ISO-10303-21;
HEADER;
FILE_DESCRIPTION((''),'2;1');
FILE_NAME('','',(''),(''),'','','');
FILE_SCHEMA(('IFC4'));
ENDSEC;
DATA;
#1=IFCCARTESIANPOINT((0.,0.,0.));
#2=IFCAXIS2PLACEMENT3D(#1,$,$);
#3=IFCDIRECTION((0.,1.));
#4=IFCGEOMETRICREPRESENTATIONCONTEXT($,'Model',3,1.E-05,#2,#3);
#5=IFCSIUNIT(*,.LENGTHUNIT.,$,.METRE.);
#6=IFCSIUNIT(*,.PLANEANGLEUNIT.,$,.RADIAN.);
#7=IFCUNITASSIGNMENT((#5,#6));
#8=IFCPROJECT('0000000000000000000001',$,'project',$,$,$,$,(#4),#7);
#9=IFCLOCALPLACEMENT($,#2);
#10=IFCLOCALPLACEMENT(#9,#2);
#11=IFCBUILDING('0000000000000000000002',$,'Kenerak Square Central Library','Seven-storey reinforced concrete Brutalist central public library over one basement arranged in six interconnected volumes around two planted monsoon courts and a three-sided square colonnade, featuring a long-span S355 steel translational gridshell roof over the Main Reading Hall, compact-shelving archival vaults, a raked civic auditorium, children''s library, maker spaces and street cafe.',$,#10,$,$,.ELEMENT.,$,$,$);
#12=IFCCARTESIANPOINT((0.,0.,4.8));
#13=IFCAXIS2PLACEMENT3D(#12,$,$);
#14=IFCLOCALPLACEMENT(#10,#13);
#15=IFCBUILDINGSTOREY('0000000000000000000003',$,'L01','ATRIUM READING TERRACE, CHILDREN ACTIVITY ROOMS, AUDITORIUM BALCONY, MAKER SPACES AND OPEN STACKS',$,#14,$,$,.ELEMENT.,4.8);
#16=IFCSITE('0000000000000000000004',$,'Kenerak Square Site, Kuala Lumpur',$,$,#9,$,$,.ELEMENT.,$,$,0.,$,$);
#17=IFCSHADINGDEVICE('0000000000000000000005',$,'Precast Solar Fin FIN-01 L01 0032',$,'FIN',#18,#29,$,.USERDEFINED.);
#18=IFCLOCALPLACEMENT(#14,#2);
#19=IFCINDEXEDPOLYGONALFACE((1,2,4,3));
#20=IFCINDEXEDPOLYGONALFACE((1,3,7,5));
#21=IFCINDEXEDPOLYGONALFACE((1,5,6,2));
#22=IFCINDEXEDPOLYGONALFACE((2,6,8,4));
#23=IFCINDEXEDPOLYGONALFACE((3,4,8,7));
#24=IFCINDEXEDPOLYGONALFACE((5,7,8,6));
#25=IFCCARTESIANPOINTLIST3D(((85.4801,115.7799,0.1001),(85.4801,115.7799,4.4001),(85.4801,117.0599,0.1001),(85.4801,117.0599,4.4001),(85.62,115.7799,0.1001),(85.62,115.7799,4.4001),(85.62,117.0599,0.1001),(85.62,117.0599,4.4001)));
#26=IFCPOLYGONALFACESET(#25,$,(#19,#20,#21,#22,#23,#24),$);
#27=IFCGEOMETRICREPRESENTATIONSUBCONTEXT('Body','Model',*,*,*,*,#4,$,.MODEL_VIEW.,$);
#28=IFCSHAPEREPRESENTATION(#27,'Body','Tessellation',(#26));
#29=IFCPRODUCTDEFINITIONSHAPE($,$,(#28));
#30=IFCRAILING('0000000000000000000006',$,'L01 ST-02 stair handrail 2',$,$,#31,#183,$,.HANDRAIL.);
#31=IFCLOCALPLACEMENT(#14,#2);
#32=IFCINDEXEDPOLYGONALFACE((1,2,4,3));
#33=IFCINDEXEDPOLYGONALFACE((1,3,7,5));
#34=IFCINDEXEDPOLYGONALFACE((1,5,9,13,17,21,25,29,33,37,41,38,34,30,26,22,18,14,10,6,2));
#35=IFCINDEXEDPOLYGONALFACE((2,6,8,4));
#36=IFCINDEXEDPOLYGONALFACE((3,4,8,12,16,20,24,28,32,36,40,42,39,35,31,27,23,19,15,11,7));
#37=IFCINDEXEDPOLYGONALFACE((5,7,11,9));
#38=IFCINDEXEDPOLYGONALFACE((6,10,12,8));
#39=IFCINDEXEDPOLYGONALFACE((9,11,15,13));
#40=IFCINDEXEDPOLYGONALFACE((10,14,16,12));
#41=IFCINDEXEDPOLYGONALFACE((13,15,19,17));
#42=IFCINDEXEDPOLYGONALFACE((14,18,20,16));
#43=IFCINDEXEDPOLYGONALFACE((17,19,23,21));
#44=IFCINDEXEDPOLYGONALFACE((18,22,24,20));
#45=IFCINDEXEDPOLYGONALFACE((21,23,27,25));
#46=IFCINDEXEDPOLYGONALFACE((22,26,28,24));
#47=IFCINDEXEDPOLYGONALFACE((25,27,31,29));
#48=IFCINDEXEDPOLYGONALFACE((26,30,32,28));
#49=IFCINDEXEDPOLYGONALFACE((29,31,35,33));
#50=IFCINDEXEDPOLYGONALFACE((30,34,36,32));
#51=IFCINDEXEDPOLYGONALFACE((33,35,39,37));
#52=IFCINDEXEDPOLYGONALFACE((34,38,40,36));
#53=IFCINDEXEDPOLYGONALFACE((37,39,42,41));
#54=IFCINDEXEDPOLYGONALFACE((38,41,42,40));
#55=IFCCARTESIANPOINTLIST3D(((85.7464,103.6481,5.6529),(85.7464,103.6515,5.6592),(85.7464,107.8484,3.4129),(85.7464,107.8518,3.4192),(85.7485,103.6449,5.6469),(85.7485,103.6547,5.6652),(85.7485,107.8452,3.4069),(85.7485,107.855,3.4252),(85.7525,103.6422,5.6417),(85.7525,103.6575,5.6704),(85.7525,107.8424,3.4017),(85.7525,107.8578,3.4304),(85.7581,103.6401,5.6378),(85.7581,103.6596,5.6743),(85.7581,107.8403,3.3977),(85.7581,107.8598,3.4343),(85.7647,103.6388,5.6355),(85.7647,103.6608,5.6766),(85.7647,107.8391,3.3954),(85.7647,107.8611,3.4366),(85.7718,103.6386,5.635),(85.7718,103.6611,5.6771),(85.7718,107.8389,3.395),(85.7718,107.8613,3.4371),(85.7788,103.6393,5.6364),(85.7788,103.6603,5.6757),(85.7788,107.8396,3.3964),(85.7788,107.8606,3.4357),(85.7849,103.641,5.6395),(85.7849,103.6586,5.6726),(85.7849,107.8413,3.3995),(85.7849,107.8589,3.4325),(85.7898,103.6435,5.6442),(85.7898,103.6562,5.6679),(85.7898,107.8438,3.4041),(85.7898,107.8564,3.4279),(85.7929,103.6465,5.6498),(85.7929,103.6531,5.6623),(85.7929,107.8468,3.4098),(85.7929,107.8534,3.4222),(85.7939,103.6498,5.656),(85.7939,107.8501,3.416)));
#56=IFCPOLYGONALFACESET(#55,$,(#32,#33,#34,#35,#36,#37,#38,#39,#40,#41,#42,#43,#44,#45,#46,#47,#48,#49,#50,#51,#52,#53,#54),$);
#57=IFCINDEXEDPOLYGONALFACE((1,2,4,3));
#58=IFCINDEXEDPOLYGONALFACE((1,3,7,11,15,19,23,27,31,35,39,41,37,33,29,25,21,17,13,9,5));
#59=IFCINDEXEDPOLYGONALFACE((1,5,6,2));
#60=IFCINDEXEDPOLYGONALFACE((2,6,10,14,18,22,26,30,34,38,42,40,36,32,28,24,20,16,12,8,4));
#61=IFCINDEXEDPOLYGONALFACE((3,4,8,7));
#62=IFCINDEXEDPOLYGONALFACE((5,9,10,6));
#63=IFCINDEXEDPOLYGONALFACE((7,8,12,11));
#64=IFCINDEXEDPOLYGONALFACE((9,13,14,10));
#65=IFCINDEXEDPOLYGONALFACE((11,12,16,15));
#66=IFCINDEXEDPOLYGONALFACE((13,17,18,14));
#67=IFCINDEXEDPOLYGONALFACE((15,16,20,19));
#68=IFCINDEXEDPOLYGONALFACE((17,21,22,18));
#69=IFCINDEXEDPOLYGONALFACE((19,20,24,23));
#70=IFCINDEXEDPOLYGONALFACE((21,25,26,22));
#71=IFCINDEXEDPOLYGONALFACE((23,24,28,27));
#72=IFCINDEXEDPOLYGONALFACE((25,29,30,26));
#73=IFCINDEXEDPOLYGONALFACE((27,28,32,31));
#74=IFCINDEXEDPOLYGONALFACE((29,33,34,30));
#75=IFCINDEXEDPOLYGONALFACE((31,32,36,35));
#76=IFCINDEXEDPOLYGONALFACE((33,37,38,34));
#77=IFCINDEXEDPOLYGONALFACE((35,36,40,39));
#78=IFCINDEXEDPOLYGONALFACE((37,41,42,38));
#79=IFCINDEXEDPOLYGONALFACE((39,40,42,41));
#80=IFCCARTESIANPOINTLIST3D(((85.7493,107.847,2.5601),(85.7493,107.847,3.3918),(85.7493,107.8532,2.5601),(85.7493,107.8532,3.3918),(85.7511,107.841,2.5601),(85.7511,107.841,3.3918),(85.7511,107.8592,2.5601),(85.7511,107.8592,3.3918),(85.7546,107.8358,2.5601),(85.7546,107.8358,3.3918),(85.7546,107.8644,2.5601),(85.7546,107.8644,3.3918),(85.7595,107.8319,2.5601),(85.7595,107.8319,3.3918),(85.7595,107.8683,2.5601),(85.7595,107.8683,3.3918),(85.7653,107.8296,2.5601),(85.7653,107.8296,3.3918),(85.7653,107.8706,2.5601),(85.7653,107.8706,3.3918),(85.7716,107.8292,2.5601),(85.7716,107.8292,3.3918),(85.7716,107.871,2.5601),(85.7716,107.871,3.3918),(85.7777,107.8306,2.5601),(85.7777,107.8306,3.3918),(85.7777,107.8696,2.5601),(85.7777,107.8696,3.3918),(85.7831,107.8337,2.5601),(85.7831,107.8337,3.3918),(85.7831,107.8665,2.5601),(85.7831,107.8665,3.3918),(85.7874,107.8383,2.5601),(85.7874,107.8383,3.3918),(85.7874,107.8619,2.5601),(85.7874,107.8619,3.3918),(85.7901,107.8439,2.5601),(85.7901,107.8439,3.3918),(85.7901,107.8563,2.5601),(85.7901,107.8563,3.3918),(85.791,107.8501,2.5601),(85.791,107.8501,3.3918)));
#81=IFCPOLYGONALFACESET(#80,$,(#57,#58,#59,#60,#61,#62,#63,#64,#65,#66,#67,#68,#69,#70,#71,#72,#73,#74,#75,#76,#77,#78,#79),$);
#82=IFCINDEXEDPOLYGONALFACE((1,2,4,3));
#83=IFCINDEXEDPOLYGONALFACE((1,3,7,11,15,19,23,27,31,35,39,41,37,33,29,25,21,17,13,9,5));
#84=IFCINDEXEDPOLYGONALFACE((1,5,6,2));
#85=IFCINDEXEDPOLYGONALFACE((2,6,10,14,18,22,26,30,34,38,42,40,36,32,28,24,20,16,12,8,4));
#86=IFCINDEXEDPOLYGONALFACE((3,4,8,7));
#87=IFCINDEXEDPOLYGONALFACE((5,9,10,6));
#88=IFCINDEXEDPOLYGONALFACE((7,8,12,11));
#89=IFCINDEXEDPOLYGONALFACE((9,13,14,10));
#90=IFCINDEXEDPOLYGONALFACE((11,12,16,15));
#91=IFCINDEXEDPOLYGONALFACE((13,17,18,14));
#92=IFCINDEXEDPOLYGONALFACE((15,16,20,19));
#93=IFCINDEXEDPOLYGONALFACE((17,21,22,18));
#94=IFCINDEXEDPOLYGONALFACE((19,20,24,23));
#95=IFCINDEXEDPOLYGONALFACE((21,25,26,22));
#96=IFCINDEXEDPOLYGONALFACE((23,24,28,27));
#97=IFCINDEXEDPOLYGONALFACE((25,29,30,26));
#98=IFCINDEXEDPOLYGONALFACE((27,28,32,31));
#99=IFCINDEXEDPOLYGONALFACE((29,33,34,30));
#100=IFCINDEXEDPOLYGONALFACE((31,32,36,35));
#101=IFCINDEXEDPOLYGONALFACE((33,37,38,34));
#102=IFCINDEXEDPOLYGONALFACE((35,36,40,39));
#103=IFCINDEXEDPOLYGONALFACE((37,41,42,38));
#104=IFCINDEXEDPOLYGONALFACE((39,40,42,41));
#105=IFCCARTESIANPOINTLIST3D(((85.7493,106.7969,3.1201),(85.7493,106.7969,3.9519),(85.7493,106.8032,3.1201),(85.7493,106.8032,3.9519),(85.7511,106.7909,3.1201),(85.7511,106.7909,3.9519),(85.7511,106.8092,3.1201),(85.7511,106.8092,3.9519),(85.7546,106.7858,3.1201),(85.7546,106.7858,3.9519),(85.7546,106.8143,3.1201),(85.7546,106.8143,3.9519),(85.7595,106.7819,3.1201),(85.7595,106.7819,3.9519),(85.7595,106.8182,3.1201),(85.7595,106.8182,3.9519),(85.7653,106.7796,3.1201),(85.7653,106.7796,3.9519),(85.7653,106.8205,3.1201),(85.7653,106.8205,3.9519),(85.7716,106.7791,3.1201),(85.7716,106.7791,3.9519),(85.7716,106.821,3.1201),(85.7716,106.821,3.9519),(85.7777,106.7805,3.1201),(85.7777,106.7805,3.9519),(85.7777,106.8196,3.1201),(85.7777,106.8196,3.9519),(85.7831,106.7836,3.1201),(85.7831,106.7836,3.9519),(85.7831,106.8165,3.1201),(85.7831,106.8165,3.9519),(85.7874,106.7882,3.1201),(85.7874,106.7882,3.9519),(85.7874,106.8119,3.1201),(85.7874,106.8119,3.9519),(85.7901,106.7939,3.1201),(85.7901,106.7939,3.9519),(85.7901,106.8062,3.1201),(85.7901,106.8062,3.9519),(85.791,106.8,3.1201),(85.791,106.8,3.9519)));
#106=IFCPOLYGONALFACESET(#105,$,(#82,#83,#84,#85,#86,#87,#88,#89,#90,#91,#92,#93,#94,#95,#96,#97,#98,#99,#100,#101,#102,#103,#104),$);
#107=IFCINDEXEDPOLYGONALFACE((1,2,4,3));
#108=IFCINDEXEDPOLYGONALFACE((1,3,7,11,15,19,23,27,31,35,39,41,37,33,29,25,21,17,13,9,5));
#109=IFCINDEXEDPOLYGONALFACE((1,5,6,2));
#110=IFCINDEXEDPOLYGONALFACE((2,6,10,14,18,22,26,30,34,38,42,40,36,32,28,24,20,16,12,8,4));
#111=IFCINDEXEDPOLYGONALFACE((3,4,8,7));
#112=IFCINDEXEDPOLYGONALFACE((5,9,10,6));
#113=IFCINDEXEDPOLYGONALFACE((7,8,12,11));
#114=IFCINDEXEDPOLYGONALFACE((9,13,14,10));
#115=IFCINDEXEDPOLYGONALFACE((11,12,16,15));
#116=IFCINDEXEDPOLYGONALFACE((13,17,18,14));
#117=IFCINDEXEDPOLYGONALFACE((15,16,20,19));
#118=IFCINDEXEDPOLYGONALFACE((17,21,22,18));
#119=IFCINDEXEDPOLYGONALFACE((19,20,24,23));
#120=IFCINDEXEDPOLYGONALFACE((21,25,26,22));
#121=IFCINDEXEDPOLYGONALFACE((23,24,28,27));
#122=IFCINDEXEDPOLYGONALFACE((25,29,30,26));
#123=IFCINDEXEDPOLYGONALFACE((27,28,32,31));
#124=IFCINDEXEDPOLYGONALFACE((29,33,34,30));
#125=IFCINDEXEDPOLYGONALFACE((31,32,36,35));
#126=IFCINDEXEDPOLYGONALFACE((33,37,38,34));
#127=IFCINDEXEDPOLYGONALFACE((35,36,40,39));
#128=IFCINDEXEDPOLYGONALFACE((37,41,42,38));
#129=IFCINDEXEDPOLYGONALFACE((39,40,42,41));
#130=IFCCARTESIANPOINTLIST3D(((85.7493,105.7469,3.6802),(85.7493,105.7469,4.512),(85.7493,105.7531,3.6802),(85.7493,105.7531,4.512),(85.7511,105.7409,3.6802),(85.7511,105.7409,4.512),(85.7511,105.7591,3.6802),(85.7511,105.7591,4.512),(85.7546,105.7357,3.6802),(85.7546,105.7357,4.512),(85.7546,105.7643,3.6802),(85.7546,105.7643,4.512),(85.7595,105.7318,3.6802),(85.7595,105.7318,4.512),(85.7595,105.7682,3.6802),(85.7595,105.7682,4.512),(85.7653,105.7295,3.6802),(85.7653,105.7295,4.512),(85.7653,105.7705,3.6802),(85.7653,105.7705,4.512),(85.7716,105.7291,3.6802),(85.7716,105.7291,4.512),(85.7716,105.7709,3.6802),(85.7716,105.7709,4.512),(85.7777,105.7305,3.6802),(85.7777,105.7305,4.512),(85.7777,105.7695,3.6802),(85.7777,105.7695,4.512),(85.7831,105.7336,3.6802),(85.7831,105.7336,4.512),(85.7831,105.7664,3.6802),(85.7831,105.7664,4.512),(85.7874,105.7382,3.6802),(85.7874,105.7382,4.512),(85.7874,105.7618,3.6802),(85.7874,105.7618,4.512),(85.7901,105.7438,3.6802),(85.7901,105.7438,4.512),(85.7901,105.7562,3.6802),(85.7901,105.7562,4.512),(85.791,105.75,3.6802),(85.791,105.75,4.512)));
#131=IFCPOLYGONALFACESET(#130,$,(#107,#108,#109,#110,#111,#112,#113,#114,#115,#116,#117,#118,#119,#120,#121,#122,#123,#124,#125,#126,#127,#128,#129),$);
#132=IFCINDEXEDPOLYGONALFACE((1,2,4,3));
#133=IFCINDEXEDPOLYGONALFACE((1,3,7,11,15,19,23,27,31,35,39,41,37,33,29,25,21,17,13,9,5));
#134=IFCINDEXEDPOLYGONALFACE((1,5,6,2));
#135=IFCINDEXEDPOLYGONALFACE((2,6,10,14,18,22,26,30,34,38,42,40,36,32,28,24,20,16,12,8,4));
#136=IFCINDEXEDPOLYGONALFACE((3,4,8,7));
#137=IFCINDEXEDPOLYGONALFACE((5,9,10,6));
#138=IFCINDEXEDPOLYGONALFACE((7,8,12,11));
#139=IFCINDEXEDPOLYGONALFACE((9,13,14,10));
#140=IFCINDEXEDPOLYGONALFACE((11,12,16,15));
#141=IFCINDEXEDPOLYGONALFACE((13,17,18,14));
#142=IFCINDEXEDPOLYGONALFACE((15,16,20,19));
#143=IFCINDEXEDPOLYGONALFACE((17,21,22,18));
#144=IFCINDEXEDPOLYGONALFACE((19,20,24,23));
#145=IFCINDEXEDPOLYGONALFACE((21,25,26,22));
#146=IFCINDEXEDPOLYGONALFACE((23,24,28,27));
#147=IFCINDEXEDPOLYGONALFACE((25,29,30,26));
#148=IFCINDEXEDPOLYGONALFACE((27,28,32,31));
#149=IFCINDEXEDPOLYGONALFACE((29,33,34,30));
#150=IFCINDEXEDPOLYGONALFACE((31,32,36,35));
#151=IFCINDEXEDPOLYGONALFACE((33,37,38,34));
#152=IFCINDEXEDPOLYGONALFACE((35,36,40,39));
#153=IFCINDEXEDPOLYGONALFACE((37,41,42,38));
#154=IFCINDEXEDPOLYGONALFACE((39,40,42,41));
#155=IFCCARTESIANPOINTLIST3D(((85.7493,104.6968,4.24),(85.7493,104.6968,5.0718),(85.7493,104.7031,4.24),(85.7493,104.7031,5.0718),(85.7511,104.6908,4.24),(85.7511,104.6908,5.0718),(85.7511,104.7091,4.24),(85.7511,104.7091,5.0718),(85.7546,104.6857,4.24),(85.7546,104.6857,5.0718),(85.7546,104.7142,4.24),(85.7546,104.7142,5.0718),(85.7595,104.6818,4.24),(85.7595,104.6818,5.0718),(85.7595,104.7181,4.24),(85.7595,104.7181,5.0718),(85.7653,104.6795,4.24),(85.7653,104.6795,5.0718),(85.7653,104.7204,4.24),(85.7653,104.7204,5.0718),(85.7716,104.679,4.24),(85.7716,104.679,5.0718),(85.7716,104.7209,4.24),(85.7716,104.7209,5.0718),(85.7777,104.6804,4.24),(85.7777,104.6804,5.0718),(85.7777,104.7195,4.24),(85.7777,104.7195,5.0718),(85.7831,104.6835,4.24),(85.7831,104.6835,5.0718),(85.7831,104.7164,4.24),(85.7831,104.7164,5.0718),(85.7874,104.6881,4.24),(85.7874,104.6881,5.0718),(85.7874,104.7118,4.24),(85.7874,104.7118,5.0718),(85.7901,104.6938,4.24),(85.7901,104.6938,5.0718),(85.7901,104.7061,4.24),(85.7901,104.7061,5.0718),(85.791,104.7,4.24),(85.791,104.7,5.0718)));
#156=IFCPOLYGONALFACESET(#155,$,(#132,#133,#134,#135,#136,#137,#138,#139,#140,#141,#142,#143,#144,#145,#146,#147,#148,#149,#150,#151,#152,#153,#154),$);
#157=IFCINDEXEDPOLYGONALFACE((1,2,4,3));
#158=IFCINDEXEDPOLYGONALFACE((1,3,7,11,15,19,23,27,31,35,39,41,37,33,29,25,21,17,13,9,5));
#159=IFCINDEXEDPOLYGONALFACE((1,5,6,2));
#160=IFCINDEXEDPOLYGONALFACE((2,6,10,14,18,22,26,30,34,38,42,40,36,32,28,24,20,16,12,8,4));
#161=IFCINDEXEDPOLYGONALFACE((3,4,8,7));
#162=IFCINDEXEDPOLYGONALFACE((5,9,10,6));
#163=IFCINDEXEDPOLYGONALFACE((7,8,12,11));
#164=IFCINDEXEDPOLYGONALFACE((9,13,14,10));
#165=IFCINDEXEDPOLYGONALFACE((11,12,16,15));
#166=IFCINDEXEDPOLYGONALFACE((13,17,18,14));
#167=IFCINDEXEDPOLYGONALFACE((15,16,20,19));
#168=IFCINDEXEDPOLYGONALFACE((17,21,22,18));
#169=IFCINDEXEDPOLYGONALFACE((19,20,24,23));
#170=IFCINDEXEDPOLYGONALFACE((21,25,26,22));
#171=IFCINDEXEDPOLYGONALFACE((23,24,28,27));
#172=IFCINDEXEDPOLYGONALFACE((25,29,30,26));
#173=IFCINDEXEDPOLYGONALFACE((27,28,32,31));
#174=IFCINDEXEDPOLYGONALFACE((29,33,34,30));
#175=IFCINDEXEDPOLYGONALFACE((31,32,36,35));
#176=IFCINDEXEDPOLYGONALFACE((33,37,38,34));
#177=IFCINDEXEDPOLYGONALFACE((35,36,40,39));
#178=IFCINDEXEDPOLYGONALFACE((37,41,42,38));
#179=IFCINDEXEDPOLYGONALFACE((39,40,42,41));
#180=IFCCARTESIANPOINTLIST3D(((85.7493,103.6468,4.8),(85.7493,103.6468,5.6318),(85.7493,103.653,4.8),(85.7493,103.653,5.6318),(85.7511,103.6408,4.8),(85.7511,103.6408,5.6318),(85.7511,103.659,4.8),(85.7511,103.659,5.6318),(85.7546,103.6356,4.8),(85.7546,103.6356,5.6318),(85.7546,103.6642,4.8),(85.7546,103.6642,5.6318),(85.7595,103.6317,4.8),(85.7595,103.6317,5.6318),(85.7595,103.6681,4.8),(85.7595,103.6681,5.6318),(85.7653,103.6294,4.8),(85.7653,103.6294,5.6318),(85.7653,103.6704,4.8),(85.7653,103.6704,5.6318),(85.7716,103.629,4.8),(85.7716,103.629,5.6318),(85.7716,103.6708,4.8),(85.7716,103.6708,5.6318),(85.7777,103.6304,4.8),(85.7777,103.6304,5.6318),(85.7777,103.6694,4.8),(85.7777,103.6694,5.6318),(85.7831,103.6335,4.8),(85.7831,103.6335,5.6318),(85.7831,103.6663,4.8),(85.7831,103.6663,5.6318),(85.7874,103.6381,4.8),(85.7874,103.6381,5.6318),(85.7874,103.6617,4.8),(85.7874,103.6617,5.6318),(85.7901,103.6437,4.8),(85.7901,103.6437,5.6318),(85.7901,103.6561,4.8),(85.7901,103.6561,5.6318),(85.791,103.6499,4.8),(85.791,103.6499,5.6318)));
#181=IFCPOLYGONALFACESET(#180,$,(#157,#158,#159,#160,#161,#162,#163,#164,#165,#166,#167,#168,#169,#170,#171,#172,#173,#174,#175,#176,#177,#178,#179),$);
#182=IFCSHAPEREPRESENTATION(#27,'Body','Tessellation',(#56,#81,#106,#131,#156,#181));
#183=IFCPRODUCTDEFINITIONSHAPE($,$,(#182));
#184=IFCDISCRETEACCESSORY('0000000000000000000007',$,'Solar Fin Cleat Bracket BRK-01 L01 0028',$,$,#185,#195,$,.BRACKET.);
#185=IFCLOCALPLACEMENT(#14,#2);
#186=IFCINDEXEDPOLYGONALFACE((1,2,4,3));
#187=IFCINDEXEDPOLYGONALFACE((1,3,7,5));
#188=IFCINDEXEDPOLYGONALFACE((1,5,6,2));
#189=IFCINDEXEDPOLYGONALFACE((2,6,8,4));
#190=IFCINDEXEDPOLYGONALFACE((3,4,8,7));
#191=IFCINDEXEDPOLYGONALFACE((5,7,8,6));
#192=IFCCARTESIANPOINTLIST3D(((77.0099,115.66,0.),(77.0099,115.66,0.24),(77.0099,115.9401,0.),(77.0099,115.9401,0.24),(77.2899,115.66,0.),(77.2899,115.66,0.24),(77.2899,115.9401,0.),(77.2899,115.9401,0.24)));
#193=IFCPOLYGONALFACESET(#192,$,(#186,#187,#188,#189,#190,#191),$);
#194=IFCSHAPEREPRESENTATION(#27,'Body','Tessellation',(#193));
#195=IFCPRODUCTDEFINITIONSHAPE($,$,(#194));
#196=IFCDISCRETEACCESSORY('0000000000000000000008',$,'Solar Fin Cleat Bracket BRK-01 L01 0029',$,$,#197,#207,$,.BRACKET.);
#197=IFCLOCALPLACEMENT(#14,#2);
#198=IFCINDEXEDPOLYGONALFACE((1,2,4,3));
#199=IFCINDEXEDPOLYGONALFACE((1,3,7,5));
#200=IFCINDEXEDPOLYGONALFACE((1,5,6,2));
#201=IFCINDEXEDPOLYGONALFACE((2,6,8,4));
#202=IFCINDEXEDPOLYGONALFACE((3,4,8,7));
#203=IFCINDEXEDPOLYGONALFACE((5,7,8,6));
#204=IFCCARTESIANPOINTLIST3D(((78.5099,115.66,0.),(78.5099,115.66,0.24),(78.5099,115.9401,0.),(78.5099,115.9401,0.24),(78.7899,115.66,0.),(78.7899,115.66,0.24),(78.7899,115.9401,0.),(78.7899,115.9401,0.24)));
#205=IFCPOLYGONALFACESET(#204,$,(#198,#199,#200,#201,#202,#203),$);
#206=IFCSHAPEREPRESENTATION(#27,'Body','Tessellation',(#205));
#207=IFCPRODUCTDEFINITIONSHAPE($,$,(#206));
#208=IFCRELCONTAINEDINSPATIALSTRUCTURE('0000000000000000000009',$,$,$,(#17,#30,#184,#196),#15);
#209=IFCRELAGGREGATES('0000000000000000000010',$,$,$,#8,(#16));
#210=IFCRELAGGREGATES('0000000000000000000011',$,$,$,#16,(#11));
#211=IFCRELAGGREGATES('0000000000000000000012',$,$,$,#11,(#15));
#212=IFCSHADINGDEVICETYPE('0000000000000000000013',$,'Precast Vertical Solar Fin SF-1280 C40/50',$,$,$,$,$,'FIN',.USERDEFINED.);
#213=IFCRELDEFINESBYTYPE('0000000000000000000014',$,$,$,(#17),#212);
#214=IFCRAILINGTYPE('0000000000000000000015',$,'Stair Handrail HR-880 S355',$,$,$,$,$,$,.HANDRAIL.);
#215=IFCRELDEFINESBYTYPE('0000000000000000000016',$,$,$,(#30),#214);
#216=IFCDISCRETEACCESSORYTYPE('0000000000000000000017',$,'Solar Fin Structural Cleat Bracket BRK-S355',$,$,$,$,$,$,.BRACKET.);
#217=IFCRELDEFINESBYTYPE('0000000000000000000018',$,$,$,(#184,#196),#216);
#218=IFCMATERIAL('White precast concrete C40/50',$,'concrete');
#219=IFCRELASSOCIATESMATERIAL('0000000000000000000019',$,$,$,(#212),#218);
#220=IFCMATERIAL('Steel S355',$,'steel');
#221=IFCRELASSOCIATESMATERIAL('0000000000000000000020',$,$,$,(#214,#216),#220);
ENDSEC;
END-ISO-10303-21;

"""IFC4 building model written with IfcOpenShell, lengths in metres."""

from ifc_helpers import new_model, si_unit, direction, frame, origin, origin_2d, place, context, subcontext, project, spatial, rectangle, circle, extrude, material, type_object, element, save


model = new_model("IFC4")

# Units and contexts
model_context = context("Model", 3, precision=1e-05, world=origin(), true_north=direction((0.0, 1.0)))
body_context = subcontext(model_context, "Body", "Model", "MODEL_VIEW")
ifc_project = project(units=[si_unit("LENGTHUNIT", "METRE"), si_unit("PLANEANGLEUNIT", "RADIAN")], contexts=[model_context])

# Site, building, storey
site_placement = place(None, origin())
site = spatial("IfcSite", under=ifc_project, at=site_placement, Name="Kenerak Square Site, Kuala Lumpur", CompositionType="ELEMENT", RefElevation=0.0)
building_placement = place(site_placement, origin())
building = spatial("IfcBuilding", under=site, at=building_placement, Name="Kenerak Square Central Library", Description="Seven-storey reinforced concrete Brutalist central public library over one basement arranged in six interconnected volumes around two planted monsoon courts and a three-sided square colonnade, featuring a long-span S355 steel translational gridshell roof over the Main Reading Hall, compact-shelving archival vaults, a raked civic auditorium, children's library, maker spaces and street cafe.", CompositionType="ELEMENT")
storey_placement = place(building_placement, frame((0.0, 0.0, 4.8)))
storey = spatial("IfcBuildingStorey", under=building, at=storey_placement, Name="L01", Description="ATRIUM READING TERRACE, CHILDREN ACTIVITY ROOMS, AUDITORIUM BALCONY, MAKER SPACES AND OPEN STACKS", CompositionType="ELEMENT", Elevation=4.8)

# Shading device
ifc_material_1 = material(Name="White precast concrete C40/50", Category="concrete")
shading_device_type = type_object("IfcShadingDeviceType", Name="Precast Vertical Solar Fin SF-1280 C40/50", ElementType="FIN", PredefinedType="USERDEFINED", material=ifc_material_1)
for number, where, z_axis, x_axis, name in (
    (1, (85.55, 116.4199, 0.1001), (0.0, 0.0, 1.0), (1.0, 0.0, 0.0), "Precast Solar Fin FIN-01 L01 0032"),
):
    element("IfcShadingDevice", number, at=place(storey_placement, frame(where, z_axis=z_axis, x_axis=x_axis)), inside=storey, type_object=shading_device_type, Name=name, ObjectType="FIN", PredefinedType="USERDEFINED", context=body_context, shape_type="SweptSolid", body=[
        extrude(rectangle(XDim=0.1399, YDim=1.28, at=origin_2d()), origin(), (0.0, 0.0, 1.0), 4.3),
    ])

# Railing
ifc_material_2 = material(Name="Steel S355", Category="steel")
railing_type_1 = type_object("IfcRailingType", Name="Stair Handrail HR-880 S355", PredefinedType="HANDRAIL", material=ifc_material_2)
railing_1_placement = place(storey_placement, frame((85.77, 107.8501, 2.5601)))
element("IfcRailing", 2, at=railing_1_placement, inside=storey, type_object=railing_type_1, Name="L01 ST-02 stair handrail 2", PredefinedType="HANDRAIL", context=body_context, shape_type="SweptSolid", body=[
    extrude(circle(Radius=0.0239, at=origin_2d()), frame((0.0, 0.0, 0.856), z_axis=(0.0, -0.882363, 0.47057), x_axis=(1.0, 0.0, 0.0)), (0.0, 0.0, 1.0), 4.7603),
    extrude(circle(Radius=0.021, at=origin_2d()), origin(), (0.0, 0.0, 1.0), 0.8318),
    extrude(circle(Radius=0.021, at=origin_2d()), frame((0.0, -1.05, 0.5601)), (0.0, 0.0, 1.0), 0.8318),
    extrude(circle(Radius=0.021, at=origin_2d()), frame((0.0, -2.1001, 1.1201)), (0.0, 0.0, 1.0), 0.8318),
    extrude(circle(Radius=0.021, at=origin_2d()), frame((0.0, -3.1501, 1.6799)), (0.0, 0.0, 1.0), 0.8318),
    extrude(circle(Radius=0.021, at=origin_2d()), frame((0.0, -4.2002, 2.24)), (0.0, 0.0, 1.0), 0.8318),
])

# Discrete accessories
discrete_accessory_type = type_object("IfcDiscreteAccessoryType", Name="Solar Fin Structural Cleat Bracket BRK-S355", PredefinedType="BRACKET", material=ifc_material_2)
for number, where, z_axis, x_axis, name in (
    (3, (77.1499, 115.8, 0.0), (0.0, 0.0, 1.0), (1.0, 0.0, 0.0), "Solar Fin Cleat Bracket BRK-01 L01 0028"),
    (4, (78.6499, 115.8, 0.0), (0.0, 0.0, 1.0), (1.0, 0.0, 0.0), "Solar Fin Cleat Bracket BRK-01 L01 0029"),
):
    element("IfcDiscreteAccessory", number, at=place(storey_placement, frame(where, z_axis=z_axis, x_axis=x_axis)), inside=storey, type_object=discrete_accessory_type, Name=name, PredefinedType="BRACKET", context=body_context, shape_type="SweptSolid", body=[
        extrude(rectangle(XDim=0.28, YDim=0.28, at=origin_2d()), origin(), (0.0, 0.0, 1.0), 0.24),
    ])

save(model, "model.ifc")
